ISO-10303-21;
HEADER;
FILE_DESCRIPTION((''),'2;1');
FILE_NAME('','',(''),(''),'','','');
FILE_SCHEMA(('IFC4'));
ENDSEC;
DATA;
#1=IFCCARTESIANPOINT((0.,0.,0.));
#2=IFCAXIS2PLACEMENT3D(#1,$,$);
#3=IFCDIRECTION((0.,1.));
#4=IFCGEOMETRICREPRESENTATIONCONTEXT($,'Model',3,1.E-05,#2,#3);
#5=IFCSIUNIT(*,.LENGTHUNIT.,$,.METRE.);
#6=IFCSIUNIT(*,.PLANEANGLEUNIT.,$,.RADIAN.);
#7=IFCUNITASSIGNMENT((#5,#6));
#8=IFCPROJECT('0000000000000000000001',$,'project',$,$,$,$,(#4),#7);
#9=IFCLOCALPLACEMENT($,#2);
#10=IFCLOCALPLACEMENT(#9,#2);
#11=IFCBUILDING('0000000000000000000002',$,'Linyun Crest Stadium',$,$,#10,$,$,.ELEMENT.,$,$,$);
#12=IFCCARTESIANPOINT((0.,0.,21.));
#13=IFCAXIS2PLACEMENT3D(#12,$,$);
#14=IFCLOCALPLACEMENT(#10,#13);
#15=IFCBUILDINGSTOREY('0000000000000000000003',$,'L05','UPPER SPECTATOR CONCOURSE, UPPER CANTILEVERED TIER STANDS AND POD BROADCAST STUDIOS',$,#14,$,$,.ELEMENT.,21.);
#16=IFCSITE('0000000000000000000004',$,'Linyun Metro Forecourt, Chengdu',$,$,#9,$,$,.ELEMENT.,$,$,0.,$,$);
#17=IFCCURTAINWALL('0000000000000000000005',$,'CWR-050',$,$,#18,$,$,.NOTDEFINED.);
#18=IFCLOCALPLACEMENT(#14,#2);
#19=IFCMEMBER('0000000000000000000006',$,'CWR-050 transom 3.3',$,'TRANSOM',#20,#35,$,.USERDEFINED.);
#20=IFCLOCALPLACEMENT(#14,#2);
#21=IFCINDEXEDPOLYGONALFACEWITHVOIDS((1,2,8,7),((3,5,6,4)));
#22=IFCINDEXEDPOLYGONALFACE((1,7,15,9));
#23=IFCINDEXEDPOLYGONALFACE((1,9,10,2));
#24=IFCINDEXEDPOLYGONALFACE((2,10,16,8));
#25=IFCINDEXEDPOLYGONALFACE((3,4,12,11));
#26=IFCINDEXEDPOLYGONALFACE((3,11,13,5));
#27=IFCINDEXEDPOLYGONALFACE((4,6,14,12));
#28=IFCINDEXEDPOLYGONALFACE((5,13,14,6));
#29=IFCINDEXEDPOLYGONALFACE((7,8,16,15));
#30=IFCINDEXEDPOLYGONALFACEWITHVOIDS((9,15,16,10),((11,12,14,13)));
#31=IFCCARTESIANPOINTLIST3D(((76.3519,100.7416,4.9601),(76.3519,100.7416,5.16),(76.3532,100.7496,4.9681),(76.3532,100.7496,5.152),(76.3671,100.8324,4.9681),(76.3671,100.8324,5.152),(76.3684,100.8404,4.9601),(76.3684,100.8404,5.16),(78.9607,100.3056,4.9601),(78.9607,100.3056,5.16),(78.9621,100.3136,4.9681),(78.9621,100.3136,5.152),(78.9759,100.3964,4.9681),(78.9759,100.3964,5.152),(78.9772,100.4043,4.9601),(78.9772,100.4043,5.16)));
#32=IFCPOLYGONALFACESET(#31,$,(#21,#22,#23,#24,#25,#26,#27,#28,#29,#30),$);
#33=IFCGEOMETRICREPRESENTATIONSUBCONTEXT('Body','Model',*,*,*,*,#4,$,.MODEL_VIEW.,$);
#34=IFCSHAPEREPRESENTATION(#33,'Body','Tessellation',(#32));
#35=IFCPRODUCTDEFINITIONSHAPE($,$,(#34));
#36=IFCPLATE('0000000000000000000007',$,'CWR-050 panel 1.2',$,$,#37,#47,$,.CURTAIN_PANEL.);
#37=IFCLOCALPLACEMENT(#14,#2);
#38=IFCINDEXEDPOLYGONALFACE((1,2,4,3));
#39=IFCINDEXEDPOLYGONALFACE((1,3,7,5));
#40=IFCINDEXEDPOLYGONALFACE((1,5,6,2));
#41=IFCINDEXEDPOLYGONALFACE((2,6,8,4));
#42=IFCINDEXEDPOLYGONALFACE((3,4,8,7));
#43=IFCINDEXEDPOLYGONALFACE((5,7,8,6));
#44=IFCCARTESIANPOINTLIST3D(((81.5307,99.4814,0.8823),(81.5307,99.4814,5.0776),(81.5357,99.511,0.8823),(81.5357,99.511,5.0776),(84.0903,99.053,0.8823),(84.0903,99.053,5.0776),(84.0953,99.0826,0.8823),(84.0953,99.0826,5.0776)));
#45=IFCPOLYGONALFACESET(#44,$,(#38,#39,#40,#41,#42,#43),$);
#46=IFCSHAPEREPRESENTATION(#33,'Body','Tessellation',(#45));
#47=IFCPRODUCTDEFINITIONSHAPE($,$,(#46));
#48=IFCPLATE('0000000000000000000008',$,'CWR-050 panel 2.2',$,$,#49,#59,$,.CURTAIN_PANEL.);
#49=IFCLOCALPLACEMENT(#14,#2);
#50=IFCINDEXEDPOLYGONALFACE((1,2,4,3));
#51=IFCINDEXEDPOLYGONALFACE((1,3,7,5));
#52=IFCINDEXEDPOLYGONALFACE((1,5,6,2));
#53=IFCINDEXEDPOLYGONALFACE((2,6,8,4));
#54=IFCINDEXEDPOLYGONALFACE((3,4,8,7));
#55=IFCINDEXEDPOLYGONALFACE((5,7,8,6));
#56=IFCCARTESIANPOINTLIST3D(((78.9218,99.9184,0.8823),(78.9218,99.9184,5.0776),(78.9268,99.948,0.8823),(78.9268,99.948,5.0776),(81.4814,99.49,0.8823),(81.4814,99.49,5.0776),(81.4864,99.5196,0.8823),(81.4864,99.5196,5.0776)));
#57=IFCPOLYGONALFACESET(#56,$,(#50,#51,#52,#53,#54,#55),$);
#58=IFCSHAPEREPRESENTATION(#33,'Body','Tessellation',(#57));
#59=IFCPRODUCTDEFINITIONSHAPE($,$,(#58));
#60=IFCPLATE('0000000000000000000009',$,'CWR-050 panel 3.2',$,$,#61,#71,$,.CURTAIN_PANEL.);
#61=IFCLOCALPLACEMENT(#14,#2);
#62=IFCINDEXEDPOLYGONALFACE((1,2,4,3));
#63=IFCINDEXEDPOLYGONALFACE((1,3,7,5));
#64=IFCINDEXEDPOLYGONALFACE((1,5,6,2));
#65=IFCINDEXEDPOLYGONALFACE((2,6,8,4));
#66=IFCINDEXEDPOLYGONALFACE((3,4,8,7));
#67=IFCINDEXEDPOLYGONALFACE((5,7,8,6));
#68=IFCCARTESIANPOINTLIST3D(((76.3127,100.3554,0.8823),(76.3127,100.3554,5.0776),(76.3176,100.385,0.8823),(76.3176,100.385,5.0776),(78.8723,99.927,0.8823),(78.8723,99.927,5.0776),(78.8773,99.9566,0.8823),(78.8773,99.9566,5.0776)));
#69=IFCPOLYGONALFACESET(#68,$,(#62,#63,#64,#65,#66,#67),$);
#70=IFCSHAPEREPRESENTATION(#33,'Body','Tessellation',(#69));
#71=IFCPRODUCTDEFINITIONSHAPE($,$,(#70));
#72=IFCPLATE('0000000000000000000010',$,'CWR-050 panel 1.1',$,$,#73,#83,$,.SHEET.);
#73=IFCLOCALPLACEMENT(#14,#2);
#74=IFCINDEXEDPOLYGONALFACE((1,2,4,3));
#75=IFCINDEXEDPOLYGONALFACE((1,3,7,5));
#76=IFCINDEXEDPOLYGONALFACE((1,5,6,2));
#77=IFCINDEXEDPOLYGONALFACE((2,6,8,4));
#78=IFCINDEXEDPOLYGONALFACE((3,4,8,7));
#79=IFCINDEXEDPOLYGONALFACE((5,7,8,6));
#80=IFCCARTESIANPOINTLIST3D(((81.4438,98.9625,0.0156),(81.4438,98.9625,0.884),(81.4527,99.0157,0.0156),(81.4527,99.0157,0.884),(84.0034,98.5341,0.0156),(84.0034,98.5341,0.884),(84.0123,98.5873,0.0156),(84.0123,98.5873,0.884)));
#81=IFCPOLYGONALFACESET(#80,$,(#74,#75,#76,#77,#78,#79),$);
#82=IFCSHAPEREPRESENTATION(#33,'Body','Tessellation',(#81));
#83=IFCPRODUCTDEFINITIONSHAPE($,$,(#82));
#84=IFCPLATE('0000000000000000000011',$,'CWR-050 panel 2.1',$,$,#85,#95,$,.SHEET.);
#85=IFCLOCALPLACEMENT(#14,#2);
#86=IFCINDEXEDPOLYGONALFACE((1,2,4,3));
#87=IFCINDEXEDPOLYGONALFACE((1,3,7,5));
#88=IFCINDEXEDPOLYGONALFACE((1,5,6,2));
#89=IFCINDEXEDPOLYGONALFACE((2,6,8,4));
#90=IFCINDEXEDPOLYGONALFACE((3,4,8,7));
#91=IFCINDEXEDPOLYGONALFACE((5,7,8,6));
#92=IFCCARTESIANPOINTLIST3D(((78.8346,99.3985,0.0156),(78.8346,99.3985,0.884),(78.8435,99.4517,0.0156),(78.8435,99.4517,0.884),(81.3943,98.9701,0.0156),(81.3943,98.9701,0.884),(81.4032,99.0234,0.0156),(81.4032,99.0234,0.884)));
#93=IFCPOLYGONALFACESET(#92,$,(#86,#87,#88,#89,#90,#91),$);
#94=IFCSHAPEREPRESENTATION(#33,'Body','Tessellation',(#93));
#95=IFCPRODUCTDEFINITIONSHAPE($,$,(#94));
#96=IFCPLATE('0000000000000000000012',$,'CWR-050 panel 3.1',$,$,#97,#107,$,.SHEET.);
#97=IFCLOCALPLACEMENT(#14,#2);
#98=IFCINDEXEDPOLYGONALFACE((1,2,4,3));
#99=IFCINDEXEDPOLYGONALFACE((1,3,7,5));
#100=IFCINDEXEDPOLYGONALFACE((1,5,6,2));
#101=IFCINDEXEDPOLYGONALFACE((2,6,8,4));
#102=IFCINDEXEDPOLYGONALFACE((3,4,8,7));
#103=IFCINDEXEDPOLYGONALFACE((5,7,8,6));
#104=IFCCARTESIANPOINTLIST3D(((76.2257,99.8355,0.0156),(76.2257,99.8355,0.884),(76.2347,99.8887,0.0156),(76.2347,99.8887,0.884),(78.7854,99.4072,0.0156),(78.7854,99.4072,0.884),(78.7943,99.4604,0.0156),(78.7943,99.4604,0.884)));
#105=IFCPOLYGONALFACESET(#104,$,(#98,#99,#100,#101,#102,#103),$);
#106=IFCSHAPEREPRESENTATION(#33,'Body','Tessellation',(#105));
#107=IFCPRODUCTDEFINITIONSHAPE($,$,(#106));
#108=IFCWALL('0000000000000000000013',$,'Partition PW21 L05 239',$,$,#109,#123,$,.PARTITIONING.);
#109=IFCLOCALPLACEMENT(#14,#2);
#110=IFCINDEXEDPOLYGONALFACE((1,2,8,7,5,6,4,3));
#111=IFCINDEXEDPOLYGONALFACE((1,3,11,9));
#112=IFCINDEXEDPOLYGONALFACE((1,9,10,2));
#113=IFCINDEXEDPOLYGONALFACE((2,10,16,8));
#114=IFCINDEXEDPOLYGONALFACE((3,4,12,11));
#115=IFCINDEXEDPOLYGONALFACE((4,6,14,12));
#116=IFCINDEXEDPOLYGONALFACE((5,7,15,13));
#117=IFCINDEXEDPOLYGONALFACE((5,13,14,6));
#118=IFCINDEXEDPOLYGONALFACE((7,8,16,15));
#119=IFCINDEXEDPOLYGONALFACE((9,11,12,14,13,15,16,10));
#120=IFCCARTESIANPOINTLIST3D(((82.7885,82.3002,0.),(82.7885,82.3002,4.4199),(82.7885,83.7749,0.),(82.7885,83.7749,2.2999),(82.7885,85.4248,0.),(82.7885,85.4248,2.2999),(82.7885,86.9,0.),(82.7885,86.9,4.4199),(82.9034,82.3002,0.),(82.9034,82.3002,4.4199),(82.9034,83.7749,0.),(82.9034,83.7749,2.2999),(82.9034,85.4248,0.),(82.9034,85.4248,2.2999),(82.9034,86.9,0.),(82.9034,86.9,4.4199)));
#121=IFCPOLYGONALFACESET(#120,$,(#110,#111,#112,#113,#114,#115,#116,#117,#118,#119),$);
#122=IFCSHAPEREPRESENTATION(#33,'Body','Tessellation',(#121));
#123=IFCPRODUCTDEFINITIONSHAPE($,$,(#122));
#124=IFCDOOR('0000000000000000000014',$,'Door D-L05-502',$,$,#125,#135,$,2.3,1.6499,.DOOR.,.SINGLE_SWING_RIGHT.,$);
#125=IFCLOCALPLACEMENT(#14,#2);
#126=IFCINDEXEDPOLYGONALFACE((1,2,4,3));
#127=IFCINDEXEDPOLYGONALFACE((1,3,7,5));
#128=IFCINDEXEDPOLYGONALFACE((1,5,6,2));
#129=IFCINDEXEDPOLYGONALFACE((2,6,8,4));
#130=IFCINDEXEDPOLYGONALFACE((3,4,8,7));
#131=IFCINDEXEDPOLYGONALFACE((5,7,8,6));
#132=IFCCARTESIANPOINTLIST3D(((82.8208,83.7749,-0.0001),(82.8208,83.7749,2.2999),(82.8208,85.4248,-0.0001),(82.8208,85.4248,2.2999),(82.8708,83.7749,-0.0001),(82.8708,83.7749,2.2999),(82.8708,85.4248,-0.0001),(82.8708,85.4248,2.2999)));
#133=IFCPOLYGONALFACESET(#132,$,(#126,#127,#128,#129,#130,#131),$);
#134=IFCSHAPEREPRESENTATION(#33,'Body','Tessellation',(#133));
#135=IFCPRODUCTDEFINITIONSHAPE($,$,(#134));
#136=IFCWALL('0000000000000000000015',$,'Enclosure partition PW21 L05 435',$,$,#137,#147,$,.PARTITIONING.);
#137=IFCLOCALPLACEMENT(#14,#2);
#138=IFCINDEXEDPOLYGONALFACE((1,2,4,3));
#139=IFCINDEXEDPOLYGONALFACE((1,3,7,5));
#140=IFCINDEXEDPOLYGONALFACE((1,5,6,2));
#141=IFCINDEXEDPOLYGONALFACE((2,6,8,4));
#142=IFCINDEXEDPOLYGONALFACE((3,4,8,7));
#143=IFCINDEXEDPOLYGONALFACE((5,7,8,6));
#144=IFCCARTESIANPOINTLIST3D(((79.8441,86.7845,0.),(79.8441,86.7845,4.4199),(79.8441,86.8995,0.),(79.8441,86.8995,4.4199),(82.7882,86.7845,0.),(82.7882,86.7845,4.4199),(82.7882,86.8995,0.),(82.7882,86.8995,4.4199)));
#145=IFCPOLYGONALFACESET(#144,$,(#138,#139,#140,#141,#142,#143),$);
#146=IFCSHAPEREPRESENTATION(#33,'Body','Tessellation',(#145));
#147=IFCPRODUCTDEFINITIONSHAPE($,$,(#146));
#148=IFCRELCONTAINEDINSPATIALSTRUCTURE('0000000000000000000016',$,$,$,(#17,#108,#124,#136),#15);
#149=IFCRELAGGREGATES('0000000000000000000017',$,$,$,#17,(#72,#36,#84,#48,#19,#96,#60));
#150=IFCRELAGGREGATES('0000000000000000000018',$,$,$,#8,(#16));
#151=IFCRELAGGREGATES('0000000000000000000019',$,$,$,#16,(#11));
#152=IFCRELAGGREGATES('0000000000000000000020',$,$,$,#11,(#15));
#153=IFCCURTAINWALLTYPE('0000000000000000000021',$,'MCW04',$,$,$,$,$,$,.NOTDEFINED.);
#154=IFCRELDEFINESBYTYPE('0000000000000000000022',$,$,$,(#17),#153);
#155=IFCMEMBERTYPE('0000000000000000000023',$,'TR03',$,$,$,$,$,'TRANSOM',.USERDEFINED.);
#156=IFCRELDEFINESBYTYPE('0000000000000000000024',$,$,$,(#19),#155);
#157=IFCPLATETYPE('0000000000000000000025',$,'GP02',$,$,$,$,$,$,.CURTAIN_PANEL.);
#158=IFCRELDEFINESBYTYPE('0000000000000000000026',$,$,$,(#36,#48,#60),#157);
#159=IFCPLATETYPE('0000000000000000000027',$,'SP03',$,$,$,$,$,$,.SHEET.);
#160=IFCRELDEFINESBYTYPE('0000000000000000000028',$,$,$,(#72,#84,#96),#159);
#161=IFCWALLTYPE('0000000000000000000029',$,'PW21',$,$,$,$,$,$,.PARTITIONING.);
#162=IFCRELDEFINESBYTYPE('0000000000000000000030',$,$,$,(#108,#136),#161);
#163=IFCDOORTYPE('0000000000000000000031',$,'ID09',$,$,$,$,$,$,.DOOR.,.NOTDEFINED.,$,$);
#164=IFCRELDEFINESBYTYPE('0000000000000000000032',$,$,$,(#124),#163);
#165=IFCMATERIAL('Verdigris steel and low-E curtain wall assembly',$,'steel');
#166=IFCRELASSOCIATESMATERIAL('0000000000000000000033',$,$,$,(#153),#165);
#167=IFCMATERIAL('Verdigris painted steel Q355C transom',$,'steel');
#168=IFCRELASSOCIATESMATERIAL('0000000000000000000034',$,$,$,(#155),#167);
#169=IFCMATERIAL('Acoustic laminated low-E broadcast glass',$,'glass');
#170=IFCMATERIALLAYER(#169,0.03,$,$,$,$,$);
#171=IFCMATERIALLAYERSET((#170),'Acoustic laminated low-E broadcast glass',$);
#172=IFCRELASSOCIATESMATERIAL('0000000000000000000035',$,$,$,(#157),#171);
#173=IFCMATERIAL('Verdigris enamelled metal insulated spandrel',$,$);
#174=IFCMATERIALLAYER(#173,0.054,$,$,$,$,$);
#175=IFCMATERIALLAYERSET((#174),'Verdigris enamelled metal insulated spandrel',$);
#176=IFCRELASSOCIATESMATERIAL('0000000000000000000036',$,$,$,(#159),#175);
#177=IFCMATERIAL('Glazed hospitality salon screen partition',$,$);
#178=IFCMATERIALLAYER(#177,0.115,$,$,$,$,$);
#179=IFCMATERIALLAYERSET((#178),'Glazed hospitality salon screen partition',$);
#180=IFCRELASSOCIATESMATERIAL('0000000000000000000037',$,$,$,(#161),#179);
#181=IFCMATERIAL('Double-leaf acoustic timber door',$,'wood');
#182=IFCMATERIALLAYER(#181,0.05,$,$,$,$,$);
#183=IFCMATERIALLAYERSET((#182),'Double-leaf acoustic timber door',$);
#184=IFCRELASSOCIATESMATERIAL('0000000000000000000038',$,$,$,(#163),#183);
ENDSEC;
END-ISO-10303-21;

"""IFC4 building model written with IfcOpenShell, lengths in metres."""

from ifc_helpers import new_model, si_unit, direction, frame, frame_2d, origin, origin_2d, place, context, subcontext, project, spatial, rectangle, hollow_rectangle, extrude, material, layer, layer_set, material_profile, profile_set, type_object, element, fill, aggregate, save


model = new_model("IFC4")

# Units and contexts
model_context = context("Model", 3, precision=1e-05, world=origin(), true_north=direction((0.0, 1.0)))
body_context = subcontext(model_context, "Body", "Model", "MODEL_VIEW")
ifc_project = project(units=[si_unit("LENGTHUNIT", "METRE"), si_unit("PLANEANGLEUNIT", "RADIAN")], contexts=[model_context])

# Site, building, storey
site_placement = place(None, origin())
site = spatial("IfcSite", under=ifc_project, at=site_placement, Name="Linyun Metro Forecourt, Chengdu", CompositionType="ELEMENT", RefElevation=0.0)
building_placement = place(site_placement, origin())
building = spatial("IfcBuilding", under=site, at=building_placement, Name="Linyun Crest Stadium", CompositionType="ELEMENT")
storey_placement = place(building_placement, frame((0.0, 0.0, 21.0)))
storey = spatial("IfcBuildingStorey", under=building, at=storey_placement, Name="L05", Description="UPPER SPECTATOR CONCOURSE, UPPER CANTILEVERED TIER STANDS AND POD BROADCAST STUDIOS", CompositionType="ELEMENT", Elevation=21.0)

# Curtain wall, member, plates
ifc_material_1 = material(Name="Verdigris steel and low-E curtain wall assembly", Category="steel")
curtain_wall_type = type_object("IfcCurtainWallType", Name="MCW04", PredefinedType="NOTDEFINED", material=ifc_material_1)
curtain_wall_placement = place(storey_placement, origin())
curtain_wall = element("IfcCurtainWall", 1, at=curtain_wall_placement, inside=storey, type_object=curtain_wall_type, Name="CWR-050", PredefinedType="NOTDEFINED")
ifc_material_2 = material(Name="Verdigris painted steel Q355C transom", Category="steel")
ifc_material_profile_1 = material_profile(ifc_material_2, hollow_rectangle(XDim=0.1001, YDim=0.2, WallThickness=0.0081, at=origin_2d()), Name="RHS 200x100x8")
ifc_profile_set_1 = profile_set([ifc_material_profile_1], Name="Verdigris painted steel Q355C transom")
member_type_1 = type_object("IfcMemberType", Name="TR03", ElementType="TRANSOM", PredefinedType="USERDEFINED", material=ifc_profile_set_1)
member_1_placement = place(storey_placement, frame((78.969, 100.355, 5.0601), z_axis=(-0.986319, 0.164848, 0.0), x_axis=(-0.164848, -0.986319, 0.0)))
member_1 = element("IfcMember", 2, at=member_1_placement, type_object=member_type_1, Name="CWR-050 transom 3.3", ObjectType="TRANSOM", PredefinedType="USERDEFINED", context=body_context, shape_type="SweptSolid", body=[
    extrude(hollow_rectangle(XDim=0.1001, YDim=0.2, WallThickness=0.0081, at=origin_2d()), origin(), (0.0, 0.0, 1.0), 2.645),
])
ifc_material_3 = material(Name="Acoustic laminated low-E broadcast glass", Category="glass")
ifc_layer_1 = layer(ifc_material_3, 0.03)
ifc_layer_set_1 = layer_set([ifc_layer_1], Name="Acoustic laminated low-E broadcast glass")
plate_type_1 = type_object("IfcPlateType", Name="GP02", PredefinedType="CURTAIN_PANEL", material=ifc_layer_set_1)
plate_1_placement = place(storey_placement, frame((82.813, 99.282, 0.8823), z_axis=(0.0, 0.0, 1.0), x_axis=(-0.986283, 0.165065, 0.0)))
plate_1 = element("IfcPlate", 3, at=plate_1_placement, type_object=plate_type_1, Name="CWR-050 panel 1.2", PredefinedType="CURTAIN_PANEL", context=body_context, shape_type="SweptSolid", body=[
    extrude(rectangle(XDim=2.5952, YDim=0.03, at=origin_2d()), origin(), (0.0, 0.0, 1.0), 4.1953),
])
plate_2_placement = place(storey_placement, frame((80.2041, 99.719, 0.8823), z_axis=(0.0, 0.0, 1.0), x_axis=(-0.986283, 0.165065, 0.0)))
plate_2 = element("IfcPlate", 4, at=plate_2_placement, type_object=plate_type_1, Name="CWR-050 panel 2.2", PredefinedType="CURTAIN_PANEL", context=body_context, shape_type="SweptSolid", body=[
    extrude(rectangle(XDim=2.5952, YDim=0.03, at=origin_2d()), origin(), (0.0, 0.0, 1.0), 4.1953),
])
plate_3_placement = place(storey_placement, frame((77.595, 100.156, 0.8823), z_axis=(0.0, 0.0, 1.0), x_axis=(-0.986283, 0.165065, 0.0)))
plate_3 = element("IfcPlate", 5, at=plate_3_placement, type_object=plate_type_1, Name="CWR-050 panel 3.2", PredefinedType="CURTAIN_PANEL", context=body_context, shape_type="SweptSolid", body=[
    extrude(rectangle(XDim=2.5952, YDim=0.03, at=origin_2d()), origin(), (0.0, 0.0, 1.0), 4.1953),
])
ifc_material_4 = material(Name="Verdigris enamelled metal insulated spandrel")
ifc_layer_2 = layer(ifc_material_4, 0.054)
ifc_layer_set_2 = layer_set([ifc_layer_2], Name="Verdigris enamelled metal insulated spandrel")
plate_type_2 = type_object("IfcPlateType", Name="SP03", PredefinedType="SHEET", material=ifc_layer_set_2)
plate_4_placement = place(storey_placement, frame((82.728, 98.7749, 0.0156), z_axis=(0.0, 0.0, 1.0), x_axis=(-0.986283, 0.165065, 0.0)))
plate_4 = element("IfcPlate", 6, at=plate_4_placement, type_object=plate_type_2, Name="CWR-050 panel 1.1", PredefinedType="SHEET", context=body_context, shape_type="SweptSolid", body=[
    extrude(rectangle(XDim=2.5952, YDim=0.054, at=origin_2d()), origin(), (0.0, 0.0, 1.0), 0.8684),
])
plate_5_placement = place(storey_placement, frame((80.1189, 99.2109, 0.0156), z_axis=(0.0, 0.0, 1.0), x_axis=(-0.986283, 0.165065, 0.0)))
plate_5 = element("IfcPlate", 7, at=plate_5_placement, type_object=plate_type_2, Name="CWR-050 panel 2.1", PredefinedType="SHEET", context=body_context, shape_type="SweptSolid", body=[
    extrude(rectangle(XDim=2.5952, YDim=0.054, at=origin_2d()), origin(), (0.0, 0.0, 1.0), 0.8684),
])
plate_6_placement = place(storey_placement, frame((77.51, 99.6479, 0.0156), z_axis=(0.0, 0.0, 1.0), x_axis=(-0.986283, 0.165065, 0.0)))
plate_6 = element("IfcPlate", 8, at=plate_6_placement, type_object=plate_type_2, Name="CWR-050 panel 3.1", PredefinedType="SHEET", context=body_context, shape_type="SweptSolid", body=[
    extrude(rectangle(XDim=2.5952, YDim=0.054, at=origin_2d()), origin(), (0.0, 0.0, 1.0), 0.8684),
])
aggregate(curtain_wall, [plate_4, plate_1, plate_5, plate_2, member_1, plate_6, plate_3])

# Wall, opening, door
ifc_material_5 = material(Name="Glazed hospitality salon screen partition")
ifc_layer_3 = layer(ifc_material_5, 0.115)
ifc_layer_set_3 = layer_set([ifc_layer_3], Name="Glazed hospitality salon screen partition")
wall_type = type_object("IfcWallType", Name="PW21", PredefinedType="PARTITIONING", material=ifc_layer_set_3)
wall_1_placement = place(storey_placement, frame((82.8459, 86.8999, 0.0), z_axis=(0.0, 0.0, 1.0), x_axis=(0.0, -1.0, 0.0)))
wall_1 = element("IfcWall", 9, at=wall_1_placement, inside=storey, type_object=wall_type, Name="Partition PW21 L05 239", PredefinedType="PARTITIONING", context=body_context, shape_type="SweptSolid", body=[
    extrude(rectangle(XDim=4.5999, YDim=0.115, at=frame_2d((2.2998, 0.0))), origin(), (0.0, 0.0, 1.0), 4.4199),
])
opening_placement = place(wall_1_placement, frame((1.4751, 0.0, 0.0)))
opening = element("IfcOpeningElement", 10, at=opening_placement, cuts=wall_1, PredefinedType="OPENING", context=body_context, shape_type="SweptSolid", body=[
    extrude(rectangle(XDim=1.6499, YDim=2.3, at=frame_2d((0.825, 1.1499))), frame((0.0, 0.0674, 0.0), z_axis=(0.0, -1.0, 0.0), x_axis=(1.0, 0.0, 0.0)), (0.0, 0.0, 1.0), 0.135),
])
ifc_material_6 = material(Name="Double-leaf acoustic timber door", Category="wood")
ifc_layer_4 = layer(ifc_material_6, 0.05)
ifc_layer_set_4 = layer_set([ifc_layer_4], Name="Double-leaf acoustic timber door")
door_type = type_object("IfcDoorType", Name="ID09", OperationType="NOTDEFINED", PredefinedType="DOOR", material=ifc_layer_set_4)
door_placement = place(opening_placement, origin())
door = element("IfcDoor", 11, at=door_placement, inside=storey, type_object=door_type, Name="Door D-L05-502", OperationType="SINGLE_SWING_RIGHT", OverallHeight=2.3, OverallWidth=1.6499, PredefinedType="DOOR", context=body_context, shape_type="SweptSolid", body=[
    extrude(rectangle(XDim=1.6499, YDim=2.3, at=frame_2d((0.825, 1.1499))), frame((0.0, 0.0249, 0.0), z_axis=(0.0, -1.0, 0.0), x_axis=(1.0, 0.0, 0.0)), (0.0, 0.0, 1.0), 0.05),
])
fill(opening, door)

# Wall
wall_2_placement = place(storey_placement, frame((79.844, 86.842, 0.0), z_axis=(0.0, 0.0, 1.0), x_axis=(1.0, 0.0, 0.0)))
element("IfcWall", 12, at=wall_2_placement, inside=storey, type_object=wall_type, Name="Enclosure partition PW21 L05 435", PredefinedType="PARTITIONING", context=body_context, shape_type="SweptSolid", body=[
    extrude(rectangle(XDim=2.9441, YDim=0.115, at=frame_2d((1.4722, 0.0))), origin(), (0.0, 0.0, 1.0), 4.4199),
])

save(model, "model.ifc")
